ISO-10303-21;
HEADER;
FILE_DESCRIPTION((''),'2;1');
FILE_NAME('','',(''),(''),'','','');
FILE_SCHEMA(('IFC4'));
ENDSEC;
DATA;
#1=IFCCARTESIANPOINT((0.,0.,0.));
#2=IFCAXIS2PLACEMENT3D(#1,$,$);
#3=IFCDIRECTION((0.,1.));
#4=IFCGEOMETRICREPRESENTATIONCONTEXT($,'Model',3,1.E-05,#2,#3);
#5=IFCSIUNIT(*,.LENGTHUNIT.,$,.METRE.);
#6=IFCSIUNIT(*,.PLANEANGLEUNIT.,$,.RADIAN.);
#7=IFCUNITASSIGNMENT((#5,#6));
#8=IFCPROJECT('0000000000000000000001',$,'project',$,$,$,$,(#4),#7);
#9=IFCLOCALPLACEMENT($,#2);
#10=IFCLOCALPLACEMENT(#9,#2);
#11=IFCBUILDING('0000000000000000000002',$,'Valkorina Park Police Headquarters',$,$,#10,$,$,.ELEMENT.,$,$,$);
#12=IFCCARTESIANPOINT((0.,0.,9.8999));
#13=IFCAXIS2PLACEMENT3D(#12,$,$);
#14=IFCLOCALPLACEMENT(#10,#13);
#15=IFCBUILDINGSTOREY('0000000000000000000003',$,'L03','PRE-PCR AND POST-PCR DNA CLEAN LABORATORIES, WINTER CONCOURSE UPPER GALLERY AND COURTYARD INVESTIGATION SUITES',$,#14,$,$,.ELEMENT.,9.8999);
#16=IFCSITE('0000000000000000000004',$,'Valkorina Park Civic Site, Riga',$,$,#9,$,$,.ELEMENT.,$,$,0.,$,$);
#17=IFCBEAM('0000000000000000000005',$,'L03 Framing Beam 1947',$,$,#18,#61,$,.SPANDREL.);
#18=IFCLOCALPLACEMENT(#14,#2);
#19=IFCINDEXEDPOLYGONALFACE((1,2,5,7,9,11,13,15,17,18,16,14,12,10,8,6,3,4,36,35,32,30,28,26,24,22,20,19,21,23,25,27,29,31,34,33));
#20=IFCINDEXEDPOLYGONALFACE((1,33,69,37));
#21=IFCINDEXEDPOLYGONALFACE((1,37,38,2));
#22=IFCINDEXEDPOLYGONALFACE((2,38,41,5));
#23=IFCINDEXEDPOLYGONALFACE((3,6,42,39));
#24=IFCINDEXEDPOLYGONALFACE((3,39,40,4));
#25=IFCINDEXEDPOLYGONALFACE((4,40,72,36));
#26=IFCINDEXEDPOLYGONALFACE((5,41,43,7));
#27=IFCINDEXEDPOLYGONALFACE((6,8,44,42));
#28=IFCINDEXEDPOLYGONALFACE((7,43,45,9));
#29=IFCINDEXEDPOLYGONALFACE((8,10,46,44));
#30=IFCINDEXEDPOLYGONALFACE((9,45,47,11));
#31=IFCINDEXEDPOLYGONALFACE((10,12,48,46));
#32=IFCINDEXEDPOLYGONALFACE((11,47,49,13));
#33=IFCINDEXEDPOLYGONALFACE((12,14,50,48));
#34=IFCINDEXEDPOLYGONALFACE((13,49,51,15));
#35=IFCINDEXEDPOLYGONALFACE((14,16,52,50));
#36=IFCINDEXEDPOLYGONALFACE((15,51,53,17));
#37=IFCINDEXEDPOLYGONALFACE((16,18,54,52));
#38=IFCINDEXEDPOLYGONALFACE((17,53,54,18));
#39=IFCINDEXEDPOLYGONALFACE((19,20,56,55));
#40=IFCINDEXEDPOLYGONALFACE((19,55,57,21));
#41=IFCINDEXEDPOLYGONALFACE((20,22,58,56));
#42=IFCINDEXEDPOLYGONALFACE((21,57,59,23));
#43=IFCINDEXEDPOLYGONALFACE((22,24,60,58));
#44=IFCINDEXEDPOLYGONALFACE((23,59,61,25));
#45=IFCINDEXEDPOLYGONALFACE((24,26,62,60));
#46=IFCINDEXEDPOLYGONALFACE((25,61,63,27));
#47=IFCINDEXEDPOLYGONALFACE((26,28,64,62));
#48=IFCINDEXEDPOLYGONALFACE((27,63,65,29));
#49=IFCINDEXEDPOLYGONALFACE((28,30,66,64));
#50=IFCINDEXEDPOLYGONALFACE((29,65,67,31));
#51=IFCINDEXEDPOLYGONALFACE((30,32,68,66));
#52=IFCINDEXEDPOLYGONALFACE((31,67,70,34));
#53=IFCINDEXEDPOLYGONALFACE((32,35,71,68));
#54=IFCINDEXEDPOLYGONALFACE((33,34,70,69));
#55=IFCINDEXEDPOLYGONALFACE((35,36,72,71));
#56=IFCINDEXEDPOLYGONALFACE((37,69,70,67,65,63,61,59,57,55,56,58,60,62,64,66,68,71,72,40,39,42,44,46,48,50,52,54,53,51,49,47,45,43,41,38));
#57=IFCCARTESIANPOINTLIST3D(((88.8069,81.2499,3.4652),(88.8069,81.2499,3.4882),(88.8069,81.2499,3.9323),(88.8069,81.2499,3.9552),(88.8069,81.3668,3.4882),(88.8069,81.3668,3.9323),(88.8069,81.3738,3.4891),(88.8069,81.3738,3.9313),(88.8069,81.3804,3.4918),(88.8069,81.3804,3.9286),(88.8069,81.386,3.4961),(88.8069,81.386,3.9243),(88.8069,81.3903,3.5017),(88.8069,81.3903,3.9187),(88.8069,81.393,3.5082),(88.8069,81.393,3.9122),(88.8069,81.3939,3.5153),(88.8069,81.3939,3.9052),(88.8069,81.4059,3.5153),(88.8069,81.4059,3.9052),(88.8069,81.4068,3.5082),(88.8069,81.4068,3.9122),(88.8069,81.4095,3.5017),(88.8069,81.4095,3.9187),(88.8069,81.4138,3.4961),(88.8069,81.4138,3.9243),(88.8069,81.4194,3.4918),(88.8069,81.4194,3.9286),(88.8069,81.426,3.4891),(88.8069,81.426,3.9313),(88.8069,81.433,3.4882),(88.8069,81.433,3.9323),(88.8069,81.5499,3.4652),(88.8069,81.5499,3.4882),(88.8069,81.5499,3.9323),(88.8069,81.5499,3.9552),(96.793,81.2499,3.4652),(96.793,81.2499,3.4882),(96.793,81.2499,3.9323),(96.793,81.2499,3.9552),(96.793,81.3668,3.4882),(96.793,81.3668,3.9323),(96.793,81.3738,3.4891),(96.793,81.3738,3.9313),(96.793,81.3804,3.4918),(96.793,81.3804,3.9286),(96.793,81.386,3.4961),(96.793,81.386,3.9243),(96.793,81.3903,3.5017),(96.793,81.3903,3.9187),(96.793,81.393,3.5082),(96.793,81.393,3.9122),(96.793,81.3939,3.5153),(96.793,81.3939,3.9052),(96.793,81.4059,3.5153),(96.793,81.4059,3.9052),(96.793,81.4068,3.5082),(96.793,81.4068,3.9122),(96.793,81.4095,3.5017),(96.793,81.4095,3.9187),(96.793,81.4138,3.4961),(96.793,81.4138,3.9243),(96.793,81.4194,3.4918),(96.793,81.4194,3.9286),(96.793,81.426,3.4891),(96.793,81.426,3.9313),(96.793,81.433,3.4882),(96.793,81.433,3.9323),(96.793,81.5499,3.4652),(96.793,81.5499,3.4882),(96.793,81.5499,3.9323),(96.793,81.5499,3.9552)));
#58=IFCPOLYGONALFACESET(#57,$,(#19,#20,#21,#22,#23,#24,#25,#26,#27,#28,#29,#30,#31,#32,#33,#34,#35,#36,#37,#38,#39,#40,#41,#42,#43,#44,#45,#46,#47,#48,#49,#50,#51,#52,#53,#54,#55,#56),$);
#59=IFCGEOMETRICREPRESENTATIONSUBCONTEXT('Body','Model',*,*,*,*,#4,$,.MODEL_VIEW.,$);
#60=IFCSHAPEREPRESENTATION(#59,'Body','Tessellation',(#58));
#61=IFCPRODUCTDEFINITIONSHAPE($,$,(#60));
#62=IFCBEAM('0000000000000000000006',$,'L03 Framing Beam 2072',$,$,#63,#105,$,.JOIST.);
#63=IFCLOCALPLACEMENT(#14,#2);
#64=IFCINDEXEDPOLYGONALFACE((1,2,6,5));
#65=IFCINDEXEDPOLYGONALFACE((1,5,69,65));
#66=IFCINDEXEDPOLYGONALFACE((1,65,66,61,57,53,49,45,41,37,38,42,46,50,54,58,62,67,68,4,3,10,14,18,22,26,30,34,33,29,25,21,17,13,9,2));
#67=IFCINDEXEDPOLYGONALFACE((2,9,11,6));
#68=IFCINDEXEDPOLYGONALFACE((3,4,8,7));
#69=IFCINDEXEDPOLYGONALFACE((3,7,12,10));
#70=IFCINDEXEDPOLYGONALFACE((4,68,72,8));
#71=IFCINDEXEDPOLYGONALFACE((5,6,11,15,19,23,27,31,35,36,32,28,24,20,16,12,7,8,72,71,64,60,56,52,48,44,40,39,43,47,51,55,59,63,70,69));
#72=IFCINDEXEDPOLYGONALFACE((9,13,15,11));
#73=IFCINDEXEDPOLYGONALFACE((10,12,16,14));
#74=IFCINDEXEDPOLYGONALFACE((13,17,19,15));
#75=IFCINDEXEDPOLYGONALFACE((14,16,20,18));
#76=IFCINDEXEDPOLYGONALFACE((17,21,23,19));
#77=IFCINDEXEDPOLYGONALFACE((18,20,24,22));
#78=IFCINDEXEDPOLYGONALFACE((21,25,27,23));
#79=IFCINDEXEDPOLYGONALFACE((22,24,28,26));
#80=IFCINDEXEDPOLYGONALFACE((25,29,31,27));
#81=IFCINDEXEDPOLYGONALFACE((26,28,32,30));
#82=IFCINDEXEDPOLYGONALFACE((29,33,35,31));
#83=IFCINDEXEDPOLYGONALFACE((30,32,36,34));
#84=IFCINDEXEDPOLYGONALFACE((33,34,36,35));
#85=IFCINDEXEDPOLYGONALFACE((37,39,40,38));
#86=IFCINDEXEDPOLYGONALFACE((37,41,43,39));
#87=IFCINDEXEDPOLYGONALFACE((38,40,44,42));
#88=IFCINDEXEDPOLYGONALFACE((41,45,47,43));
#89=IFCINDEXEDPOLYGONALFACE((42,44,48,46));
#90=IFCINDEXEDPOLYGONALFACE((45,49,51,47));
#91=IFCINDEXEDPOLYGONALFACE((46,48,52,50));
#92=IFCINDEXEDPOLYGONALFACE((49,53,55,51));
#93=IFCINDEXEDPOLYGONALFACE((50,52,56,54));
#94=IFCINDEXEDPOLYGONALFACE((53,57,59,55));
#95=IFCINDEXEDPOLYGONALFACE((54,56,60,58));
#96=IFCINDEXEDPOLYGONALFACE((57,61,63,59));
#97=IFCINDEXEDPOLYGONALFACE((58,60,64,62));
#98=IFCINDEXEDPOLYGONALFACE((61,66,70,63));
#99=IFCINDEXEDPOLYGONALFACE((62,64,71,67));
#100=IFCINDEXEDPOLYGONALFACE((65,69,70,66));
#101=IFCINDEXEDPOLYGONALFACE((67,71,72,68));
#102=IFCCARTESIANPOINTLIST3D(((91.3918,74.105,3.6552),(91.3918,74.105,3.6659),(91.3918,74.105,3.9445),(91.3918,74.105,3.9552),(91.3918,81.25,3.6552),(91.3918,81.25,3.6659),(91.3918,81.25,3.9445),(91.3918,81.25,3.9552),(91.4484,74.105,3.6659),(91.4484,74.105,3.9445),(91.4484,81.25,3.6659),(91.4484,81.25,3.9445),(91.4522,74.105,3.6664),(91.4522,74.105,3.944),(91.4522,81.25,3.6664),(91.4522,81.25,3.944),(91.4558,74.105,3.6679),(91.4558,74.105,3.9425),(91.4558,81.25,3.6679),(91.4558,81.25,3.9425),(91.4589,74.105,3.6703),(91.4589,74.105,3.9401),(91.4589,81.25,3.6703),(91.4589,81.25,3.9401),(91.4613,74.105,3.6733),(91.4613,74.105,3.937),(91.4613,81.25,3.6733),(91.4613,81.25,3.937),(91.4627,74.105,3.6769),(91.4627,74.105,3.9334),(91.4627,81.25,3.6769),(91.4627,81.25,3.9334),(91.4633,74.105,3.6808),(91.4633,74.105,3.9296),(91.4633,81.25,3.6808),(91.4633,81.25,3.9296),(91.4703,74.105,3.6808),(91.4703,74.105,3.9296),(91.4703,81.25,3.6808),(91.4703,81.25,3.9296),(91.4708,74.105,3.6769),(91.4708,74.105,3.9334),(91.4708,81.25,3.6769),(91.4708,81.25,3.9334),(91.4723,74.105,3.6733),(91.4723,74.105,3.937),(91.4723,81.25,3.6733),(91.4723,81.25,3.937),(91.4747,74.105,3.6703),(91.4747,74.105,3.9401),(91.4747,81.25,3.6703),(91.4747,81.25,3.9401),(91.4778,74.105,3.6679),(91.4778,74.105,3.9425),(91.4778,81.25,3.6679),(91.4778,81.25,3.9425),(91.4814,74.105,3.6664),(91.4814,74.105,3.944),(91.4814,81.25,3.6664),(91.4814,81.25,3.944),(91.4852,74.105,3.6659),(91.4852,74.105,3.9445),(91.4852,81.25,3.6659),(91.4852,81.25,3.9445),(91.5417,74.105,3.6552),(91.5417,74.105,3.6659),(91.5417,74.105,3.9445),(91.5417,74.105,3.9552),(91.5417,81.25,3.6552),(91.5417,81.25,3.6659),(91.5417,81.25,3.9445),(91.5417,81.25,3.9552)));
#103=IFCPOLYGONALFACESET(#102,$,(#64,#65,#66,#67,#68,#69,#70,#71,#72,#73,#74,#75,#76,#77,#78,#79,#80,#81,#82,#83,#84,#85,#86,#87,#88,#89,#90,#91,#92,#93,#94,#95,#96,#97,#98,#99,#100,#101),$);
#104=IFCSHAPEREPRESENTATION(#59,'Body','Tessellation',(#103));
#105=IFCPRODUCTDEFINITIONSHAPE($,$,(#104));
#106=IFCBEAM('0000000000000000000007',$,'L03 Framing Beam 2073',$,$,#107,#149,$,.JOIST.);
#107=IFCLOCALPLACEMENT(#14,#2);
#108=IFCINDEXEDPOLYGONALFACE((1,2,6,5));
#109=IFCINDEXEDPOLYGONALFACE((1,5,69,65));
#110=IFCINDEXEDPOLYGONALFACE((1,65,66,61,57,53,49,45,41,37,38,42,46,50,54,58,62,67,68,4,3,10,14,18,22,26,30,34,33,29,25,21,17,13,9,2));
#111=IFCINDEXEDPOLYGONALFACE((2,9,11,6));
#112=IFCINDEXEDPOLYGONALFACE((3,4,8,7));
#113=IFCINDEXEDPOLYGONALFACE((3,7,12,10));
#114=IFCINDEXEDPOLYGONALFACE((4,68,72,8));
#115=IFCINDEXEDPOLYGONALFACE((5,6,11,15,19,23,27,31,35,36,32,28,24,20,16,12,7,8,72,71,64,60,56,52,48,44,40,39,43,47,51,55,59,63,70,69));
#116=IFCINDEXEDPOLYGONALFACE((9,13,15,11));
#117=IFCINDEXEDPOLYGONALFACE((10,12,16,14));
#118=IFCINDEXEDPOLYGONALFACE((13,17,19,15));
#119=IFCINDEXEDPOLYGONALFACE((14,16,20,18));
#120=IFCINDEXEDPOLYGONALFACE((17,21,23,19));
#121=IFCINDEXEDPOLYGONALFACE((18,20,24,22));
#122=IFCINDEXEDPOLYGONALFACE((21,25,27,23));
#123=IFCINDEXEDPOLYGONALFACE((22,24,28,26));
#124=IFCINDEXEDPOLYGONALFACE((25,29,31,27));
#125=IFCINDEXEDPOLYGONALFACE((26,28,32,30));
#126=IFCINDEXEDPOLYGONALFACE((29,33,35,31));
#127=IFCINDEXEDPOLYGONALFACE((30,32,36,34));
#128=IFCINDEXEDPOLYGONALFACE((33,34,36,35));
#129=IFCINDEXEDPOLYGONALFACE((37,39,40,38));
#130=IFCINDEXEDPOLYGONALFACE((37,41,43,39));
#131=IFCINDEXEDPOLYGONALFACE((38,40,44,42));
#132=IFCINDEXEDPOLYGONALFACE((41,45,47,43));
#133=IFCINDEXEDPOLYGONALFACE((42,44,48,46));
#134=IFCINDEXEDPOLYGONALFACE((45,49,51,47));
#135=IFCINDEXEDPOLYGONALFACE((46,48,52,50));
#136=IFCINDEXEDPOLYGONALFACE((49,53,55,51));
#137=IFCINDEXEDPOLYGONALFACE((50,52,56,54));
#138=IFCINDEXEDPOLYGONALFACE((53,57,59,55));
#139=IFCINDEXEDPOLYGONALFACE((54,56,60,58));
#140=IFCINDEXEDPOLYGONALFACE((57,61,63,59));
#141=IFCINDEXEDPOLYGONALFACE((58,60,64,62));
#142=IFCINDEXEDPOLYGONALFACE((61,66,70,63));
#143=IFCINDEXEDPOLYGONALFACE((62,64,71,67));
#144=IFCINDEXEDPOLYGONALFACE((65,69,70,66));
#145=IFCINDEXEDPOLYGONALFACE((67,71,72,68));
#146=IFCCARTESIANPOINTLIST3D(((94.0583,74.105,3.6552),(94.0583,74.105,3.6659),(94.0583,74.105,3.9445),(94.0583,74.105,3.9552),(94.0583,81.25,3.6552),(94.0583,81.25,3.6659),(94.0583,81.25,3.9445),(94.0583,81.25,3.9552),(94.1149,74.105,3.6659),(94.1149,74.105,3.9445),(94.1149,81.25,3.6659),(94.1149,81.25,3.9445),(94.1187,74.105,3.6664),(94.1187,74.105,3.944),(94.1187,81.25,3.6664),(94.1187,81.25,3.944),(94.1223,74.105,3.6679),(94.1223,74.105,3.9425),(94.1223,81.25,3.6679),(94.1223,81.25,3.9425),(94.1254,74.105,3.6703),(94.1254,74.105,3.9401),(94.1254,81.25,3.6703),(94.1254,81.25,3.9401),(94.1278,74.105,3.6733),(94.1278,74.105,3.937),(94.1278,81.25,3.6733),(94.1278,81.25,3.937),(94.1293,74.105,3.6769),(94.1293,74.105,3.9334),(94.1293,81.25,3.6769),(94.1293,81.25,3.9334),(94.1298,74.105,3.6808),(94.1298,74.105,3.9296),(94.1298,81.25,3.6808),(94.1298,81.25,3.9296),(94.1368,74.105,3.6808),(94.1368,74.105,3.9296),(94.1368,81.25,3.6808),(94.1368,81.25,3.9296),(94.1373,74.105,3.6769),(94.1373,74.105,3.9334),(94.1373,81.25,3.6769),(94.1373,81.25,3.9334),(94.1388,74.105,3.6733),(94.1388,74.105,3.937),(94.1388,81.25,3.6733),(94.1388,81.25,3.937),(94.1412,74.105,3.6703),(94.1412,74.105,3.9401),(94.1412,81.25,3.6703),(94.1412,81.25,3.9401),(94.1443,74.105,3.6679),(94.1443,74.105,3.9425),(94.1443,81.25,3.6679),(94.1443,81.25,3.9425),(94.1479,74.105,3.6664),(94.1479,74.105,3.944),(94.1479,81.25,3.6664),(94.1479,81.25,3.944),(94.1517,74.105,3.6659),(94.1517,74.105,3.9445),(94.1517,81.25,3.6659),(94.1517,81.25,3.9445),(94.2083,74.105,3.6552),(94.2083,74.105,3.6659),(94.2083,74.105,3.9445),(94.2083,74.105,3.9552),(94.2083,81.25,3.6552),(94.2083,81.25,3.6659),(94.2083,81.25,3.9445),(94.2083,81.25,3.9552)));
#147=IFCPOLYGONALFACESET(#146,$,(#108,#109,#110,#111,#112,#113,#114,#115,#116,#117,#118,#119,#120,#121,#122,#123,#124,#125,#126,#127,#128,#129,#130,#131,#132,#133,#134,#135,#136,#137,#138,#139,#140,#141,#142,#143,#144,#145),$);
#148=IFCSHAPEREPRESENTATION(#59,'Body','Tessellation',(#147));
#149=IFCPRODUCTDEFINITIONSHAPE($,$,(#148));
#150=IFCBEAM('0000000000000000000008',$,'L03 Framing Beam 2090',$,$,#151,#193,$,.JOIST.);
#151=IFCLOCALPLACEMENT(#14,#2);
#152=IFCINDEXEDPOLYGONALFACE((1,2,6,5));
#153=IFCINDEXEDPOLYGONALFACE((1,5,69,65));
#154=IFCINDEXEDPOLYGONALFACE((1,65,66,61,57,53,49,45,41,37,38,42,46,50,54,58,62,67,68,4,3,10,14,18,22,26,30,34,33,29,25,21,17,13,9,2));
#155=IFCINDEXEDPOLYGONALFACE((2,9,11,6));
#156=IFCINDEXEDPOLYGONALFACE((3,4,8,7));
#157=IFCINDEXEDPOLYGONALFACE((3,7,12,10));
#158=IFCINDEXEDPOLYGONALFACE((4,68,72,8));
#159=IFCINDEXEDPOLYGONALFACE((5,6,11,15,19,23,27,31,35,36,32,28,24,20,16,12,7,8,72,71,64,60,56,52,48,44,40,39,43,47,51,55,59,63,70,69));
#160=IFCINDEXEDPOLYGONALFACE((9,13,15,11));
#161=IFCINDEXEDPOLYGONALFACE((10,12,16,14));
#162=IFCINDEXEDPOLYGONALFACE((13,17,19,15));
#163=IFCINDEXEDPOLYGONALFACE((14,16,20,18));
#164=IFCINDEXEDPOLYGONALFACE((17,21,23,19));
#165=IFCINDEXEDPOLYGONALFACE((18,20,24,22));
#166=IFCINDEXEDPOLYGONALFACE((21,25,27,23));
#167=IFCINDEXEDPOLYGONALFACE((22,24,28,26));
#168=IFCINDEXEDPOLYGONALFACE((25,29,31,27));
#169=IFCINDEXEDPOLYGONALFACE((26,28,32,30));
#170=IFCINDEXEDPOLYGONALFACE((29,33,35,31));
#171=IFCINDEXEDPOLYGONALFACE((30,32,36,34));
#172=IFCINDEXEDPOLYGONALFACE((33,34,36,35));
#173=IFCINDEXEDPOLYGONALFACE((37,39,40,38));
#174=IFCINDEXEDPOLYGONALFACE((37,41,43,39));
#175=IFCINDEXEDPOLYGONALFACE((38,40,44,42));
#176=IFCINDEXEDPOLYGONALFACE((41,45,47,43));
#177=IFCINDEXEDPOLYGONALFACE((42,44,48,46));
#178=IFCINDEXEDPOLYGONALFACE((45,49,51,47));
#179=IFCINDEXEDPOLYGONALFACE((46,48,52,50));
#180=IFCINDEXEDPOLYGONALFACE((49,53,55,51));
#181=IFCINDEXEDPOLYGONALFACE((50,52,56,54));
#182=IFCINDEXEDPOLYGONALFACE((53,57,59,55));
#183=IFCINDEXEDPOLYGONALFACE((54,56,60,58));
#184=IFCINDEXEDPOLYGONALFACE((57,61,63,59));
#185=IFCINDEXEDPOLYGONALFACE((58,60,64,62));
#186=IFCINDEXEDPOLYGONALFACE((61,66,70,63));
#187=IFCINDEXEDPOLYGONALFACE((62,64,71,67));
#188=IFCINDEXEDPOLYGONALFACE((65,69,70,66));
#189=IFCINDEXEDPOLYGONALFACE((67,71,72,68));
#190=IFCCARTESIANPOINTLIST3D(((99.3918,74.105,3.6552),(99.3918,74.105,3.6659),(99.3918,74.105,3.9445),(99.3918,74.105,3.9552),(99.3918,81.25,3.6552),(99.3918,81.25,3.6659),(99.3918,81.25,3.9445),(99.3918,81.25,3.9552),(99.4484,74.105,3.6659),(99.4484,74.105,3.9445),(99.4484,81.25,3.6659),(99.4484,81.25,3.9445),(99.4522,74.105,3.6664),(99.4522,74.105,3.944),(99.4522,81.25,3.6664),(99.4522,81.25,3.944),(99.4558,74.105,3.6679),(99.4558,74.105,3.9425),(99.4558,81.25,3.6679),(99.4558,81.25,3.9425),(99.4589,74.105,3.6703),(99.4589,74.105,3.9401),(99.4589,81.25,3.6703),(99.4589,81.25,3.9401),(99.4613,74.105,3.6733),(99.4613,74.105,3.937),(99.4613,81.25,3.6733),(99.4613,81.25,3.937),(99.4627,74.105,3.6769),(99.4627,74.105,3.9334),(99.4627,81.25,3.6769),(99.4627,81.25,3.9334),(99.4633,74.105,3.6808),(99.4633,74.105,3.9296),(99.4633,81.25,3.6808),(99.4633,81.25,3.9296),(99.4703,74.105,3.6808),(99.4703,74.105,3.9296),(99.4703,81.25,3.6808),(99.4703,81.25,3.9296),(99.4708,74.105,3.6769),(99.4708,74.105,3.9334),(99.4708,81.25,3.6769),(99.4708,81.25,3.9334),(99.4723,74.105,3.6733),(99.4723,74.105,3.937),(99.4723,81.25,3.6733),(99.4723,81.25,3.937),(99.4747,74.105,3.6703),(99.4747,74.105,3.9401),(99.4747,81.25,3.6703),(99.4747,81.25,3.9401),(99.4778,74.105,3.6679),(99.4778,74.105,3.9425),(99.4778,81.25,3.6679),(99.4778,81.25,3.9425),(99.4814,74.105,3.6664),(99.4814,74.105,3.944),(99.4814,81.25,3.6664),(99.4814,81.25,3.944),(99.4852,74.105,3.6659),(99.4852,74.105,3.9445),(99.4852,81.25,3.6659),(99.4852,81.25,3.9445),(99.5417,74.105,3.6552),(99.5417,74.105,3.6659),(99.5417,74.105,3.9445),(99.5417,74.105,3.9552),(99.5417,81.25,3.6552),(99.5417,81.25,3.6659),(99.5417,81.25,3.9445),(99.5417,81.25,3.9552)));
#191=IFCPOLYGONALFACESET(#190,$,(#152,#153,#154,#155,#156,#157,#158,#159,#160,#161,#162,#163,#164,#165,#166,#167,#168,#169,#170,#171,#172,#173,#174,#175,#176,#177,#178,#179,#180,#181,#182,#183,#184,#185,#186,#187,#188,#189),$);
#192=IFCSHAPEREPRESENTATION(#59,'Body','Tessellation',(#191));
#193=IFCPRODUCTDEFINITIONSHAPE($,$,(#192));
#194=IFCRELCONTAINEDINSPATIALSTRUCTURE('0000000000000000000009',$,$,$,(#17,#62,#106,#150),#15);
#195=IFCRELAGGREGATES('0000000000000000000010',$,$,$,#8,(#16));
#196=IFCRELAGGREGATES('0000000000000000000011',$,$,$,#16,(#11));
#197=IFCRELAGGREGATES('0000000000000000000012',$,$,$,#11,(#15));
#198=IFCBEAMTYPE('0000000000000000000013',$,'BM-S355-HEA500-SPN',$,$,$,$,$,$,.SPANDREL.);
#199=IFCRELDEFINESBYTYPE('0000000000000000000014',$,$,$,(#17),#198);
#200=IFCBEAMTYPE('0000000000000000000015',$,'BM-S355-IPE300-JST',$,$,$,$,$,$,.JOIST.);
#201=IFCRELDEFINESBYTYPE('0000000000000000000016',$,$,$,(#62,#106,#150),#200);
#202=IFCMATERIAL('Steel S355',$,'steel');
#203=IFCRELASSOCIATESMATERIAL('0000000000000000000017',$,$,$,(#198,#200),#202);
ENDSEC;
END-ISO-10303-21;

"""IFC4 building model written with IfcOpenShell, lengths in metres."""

from ifc_helpers import new_model, si_unit, direction, frame, origin, origin_2d, place, context, subcontext, project, spatial, i_section, extrude, material, material_profile, profile_set, type_object, element, save


model = new_model("IFC4")

# Units and contexts
model_context = context("Model", 3, precision=1e-05, world=origin(), true_north=direction((0.0, 1.0)))
body_context = subcontext(model_context, "Body", "Model", "MODEL_VIEW")
ifc_project = project(units=[si_unit("LENGTHUNIT", "METRE"), si_unit("PLANEANGLEUNIT", "RADIAN")], contexts=[model_context])

# Site, building, storey
site_placement = place(None, origin())
site = spatial("IfcSite", under=ifc_project, at=site_placement, Name="Valkorina Park Civic Site, Riga", CompositionType="ELEMENT", RefElevation=0.0)
building_placement = place(site_placement, origin())
building = spatial("IfcBuilding", under=site, at=building_placement, Name="Valkorina Park Police Headquarters", CompositionType="ELEMENT")
storey_placement = place(building_placement, frame((0.0, 0.0, 9.8999)))
storey = spatial("IfcBuildingStorey", under=building, at=storey_placement, Name="L03", Description="PRE-PCR AND POST-PCR DNA CLEAN LABORATORIES, WINTER CONCOURSE UPPER GALLERY AND COURTYARD INVESTIGATION SUITES", CompositionType="ELEMENT", Elevation=9.8999)

# Shared definitions
ifc_material_1 = material(Name="Steel S355", Category="steel")

# Beams
ifc_material_profile_1 = material_profile(ifc_material_1, i_section(OverallWidth=0.3, OverallDepth=0.49, WebThickness=0.012, FlangeThickness=0.0229, FilletRadius=0.0271, at=origin_2d()), Name="HEA 500")
ifc_profile_set_1 = profile_set([ifc_material_profile_1], Name="Steel S355")
beam_type_1 = type_object("IfcBeamType", Name="BM-S355-HEA500-SPN", PredefinedType="SPANDREL", material=ifc_profile_set_1)
beam_1_placement = place(storey_placement, frame((88.8069, 81.3999, 3.7102), z_axis=(1.0, 0.0, 0.0), x_axis=(0.0, 1.0, 0.0)))
element("IfcBeam", 1, at=beam_1_placement, inside=storey, type_object=beam_type_1, Name="L03 Framing Beam 1947", PredefinedType="SPANDREL", context=body_context, shape_type="SweptSolid", body=[
    extrude(i_section(OverallWidth=0.3, OverallDepth=0.49, WebThickness=0.012, FlangeThickness=0.0229, FilletRadius=0.0271, at=origin_2d()), origin(), (0.0, 0.0, 1.0), 7.9861),
])
ifc_material_profile_2 = material_profile(ifc_material_1, i_section(OverallWidth=0.1499, OverallDepth=0.3, WebThickness=0.0071, FlangeThickness=0.0107, FilletRadius=0.0149, at=origin_2d()), Name="IPE 300")
ifc_profile_set_2 = profile_set([ifc_material_profile_2], Name="Steel S355")
beam_type_2 = type_object("IfcBeamType", Name="BM-S355-IPE300-JST", PredefinedType="JOIST", material=ifc_profile_set_2)
for number, where, z_axis, x_axis, name in (
    (2, (91.4668, 74.105, 3.8052), (0.0, 1.0, 0.0), (-1.0, 0.0, 0.0), "L03 Framing Beam 2072"),
    (3, (94.1333, 74.105, 3.8052), (0.0, 1.0, 0.0), (-1.0, 0.0, 0.0), "L03 Framing Beam 2073"),
    (4, (99.4668, 74.105, 3.8052), (0.0, 1.0, 0.0), (-1.0, 0.0, 0.0), "L03 Framing Beam 2090"),
):
    element("IfcBeam", number, at=place(storey_placement, frame(where, z_axis=z_axis, x_axis=x_axis)), inside=storey, type_object=beam_type_2, Name=name, PredefinedType="JOIST", context=body_context, shape_type="SweptSolid", body=[
        extrude(i_section(OverallWidth=0.1499, OverallDepth=0.3, WebThickness=0.0071, FlangeThickness=0.0107, FilletRadius=0.0149, at=origin_2d()), origin(), (0.0, 0.0, 1.0), 7.145),
    ])

save(model, "model.ifc")
